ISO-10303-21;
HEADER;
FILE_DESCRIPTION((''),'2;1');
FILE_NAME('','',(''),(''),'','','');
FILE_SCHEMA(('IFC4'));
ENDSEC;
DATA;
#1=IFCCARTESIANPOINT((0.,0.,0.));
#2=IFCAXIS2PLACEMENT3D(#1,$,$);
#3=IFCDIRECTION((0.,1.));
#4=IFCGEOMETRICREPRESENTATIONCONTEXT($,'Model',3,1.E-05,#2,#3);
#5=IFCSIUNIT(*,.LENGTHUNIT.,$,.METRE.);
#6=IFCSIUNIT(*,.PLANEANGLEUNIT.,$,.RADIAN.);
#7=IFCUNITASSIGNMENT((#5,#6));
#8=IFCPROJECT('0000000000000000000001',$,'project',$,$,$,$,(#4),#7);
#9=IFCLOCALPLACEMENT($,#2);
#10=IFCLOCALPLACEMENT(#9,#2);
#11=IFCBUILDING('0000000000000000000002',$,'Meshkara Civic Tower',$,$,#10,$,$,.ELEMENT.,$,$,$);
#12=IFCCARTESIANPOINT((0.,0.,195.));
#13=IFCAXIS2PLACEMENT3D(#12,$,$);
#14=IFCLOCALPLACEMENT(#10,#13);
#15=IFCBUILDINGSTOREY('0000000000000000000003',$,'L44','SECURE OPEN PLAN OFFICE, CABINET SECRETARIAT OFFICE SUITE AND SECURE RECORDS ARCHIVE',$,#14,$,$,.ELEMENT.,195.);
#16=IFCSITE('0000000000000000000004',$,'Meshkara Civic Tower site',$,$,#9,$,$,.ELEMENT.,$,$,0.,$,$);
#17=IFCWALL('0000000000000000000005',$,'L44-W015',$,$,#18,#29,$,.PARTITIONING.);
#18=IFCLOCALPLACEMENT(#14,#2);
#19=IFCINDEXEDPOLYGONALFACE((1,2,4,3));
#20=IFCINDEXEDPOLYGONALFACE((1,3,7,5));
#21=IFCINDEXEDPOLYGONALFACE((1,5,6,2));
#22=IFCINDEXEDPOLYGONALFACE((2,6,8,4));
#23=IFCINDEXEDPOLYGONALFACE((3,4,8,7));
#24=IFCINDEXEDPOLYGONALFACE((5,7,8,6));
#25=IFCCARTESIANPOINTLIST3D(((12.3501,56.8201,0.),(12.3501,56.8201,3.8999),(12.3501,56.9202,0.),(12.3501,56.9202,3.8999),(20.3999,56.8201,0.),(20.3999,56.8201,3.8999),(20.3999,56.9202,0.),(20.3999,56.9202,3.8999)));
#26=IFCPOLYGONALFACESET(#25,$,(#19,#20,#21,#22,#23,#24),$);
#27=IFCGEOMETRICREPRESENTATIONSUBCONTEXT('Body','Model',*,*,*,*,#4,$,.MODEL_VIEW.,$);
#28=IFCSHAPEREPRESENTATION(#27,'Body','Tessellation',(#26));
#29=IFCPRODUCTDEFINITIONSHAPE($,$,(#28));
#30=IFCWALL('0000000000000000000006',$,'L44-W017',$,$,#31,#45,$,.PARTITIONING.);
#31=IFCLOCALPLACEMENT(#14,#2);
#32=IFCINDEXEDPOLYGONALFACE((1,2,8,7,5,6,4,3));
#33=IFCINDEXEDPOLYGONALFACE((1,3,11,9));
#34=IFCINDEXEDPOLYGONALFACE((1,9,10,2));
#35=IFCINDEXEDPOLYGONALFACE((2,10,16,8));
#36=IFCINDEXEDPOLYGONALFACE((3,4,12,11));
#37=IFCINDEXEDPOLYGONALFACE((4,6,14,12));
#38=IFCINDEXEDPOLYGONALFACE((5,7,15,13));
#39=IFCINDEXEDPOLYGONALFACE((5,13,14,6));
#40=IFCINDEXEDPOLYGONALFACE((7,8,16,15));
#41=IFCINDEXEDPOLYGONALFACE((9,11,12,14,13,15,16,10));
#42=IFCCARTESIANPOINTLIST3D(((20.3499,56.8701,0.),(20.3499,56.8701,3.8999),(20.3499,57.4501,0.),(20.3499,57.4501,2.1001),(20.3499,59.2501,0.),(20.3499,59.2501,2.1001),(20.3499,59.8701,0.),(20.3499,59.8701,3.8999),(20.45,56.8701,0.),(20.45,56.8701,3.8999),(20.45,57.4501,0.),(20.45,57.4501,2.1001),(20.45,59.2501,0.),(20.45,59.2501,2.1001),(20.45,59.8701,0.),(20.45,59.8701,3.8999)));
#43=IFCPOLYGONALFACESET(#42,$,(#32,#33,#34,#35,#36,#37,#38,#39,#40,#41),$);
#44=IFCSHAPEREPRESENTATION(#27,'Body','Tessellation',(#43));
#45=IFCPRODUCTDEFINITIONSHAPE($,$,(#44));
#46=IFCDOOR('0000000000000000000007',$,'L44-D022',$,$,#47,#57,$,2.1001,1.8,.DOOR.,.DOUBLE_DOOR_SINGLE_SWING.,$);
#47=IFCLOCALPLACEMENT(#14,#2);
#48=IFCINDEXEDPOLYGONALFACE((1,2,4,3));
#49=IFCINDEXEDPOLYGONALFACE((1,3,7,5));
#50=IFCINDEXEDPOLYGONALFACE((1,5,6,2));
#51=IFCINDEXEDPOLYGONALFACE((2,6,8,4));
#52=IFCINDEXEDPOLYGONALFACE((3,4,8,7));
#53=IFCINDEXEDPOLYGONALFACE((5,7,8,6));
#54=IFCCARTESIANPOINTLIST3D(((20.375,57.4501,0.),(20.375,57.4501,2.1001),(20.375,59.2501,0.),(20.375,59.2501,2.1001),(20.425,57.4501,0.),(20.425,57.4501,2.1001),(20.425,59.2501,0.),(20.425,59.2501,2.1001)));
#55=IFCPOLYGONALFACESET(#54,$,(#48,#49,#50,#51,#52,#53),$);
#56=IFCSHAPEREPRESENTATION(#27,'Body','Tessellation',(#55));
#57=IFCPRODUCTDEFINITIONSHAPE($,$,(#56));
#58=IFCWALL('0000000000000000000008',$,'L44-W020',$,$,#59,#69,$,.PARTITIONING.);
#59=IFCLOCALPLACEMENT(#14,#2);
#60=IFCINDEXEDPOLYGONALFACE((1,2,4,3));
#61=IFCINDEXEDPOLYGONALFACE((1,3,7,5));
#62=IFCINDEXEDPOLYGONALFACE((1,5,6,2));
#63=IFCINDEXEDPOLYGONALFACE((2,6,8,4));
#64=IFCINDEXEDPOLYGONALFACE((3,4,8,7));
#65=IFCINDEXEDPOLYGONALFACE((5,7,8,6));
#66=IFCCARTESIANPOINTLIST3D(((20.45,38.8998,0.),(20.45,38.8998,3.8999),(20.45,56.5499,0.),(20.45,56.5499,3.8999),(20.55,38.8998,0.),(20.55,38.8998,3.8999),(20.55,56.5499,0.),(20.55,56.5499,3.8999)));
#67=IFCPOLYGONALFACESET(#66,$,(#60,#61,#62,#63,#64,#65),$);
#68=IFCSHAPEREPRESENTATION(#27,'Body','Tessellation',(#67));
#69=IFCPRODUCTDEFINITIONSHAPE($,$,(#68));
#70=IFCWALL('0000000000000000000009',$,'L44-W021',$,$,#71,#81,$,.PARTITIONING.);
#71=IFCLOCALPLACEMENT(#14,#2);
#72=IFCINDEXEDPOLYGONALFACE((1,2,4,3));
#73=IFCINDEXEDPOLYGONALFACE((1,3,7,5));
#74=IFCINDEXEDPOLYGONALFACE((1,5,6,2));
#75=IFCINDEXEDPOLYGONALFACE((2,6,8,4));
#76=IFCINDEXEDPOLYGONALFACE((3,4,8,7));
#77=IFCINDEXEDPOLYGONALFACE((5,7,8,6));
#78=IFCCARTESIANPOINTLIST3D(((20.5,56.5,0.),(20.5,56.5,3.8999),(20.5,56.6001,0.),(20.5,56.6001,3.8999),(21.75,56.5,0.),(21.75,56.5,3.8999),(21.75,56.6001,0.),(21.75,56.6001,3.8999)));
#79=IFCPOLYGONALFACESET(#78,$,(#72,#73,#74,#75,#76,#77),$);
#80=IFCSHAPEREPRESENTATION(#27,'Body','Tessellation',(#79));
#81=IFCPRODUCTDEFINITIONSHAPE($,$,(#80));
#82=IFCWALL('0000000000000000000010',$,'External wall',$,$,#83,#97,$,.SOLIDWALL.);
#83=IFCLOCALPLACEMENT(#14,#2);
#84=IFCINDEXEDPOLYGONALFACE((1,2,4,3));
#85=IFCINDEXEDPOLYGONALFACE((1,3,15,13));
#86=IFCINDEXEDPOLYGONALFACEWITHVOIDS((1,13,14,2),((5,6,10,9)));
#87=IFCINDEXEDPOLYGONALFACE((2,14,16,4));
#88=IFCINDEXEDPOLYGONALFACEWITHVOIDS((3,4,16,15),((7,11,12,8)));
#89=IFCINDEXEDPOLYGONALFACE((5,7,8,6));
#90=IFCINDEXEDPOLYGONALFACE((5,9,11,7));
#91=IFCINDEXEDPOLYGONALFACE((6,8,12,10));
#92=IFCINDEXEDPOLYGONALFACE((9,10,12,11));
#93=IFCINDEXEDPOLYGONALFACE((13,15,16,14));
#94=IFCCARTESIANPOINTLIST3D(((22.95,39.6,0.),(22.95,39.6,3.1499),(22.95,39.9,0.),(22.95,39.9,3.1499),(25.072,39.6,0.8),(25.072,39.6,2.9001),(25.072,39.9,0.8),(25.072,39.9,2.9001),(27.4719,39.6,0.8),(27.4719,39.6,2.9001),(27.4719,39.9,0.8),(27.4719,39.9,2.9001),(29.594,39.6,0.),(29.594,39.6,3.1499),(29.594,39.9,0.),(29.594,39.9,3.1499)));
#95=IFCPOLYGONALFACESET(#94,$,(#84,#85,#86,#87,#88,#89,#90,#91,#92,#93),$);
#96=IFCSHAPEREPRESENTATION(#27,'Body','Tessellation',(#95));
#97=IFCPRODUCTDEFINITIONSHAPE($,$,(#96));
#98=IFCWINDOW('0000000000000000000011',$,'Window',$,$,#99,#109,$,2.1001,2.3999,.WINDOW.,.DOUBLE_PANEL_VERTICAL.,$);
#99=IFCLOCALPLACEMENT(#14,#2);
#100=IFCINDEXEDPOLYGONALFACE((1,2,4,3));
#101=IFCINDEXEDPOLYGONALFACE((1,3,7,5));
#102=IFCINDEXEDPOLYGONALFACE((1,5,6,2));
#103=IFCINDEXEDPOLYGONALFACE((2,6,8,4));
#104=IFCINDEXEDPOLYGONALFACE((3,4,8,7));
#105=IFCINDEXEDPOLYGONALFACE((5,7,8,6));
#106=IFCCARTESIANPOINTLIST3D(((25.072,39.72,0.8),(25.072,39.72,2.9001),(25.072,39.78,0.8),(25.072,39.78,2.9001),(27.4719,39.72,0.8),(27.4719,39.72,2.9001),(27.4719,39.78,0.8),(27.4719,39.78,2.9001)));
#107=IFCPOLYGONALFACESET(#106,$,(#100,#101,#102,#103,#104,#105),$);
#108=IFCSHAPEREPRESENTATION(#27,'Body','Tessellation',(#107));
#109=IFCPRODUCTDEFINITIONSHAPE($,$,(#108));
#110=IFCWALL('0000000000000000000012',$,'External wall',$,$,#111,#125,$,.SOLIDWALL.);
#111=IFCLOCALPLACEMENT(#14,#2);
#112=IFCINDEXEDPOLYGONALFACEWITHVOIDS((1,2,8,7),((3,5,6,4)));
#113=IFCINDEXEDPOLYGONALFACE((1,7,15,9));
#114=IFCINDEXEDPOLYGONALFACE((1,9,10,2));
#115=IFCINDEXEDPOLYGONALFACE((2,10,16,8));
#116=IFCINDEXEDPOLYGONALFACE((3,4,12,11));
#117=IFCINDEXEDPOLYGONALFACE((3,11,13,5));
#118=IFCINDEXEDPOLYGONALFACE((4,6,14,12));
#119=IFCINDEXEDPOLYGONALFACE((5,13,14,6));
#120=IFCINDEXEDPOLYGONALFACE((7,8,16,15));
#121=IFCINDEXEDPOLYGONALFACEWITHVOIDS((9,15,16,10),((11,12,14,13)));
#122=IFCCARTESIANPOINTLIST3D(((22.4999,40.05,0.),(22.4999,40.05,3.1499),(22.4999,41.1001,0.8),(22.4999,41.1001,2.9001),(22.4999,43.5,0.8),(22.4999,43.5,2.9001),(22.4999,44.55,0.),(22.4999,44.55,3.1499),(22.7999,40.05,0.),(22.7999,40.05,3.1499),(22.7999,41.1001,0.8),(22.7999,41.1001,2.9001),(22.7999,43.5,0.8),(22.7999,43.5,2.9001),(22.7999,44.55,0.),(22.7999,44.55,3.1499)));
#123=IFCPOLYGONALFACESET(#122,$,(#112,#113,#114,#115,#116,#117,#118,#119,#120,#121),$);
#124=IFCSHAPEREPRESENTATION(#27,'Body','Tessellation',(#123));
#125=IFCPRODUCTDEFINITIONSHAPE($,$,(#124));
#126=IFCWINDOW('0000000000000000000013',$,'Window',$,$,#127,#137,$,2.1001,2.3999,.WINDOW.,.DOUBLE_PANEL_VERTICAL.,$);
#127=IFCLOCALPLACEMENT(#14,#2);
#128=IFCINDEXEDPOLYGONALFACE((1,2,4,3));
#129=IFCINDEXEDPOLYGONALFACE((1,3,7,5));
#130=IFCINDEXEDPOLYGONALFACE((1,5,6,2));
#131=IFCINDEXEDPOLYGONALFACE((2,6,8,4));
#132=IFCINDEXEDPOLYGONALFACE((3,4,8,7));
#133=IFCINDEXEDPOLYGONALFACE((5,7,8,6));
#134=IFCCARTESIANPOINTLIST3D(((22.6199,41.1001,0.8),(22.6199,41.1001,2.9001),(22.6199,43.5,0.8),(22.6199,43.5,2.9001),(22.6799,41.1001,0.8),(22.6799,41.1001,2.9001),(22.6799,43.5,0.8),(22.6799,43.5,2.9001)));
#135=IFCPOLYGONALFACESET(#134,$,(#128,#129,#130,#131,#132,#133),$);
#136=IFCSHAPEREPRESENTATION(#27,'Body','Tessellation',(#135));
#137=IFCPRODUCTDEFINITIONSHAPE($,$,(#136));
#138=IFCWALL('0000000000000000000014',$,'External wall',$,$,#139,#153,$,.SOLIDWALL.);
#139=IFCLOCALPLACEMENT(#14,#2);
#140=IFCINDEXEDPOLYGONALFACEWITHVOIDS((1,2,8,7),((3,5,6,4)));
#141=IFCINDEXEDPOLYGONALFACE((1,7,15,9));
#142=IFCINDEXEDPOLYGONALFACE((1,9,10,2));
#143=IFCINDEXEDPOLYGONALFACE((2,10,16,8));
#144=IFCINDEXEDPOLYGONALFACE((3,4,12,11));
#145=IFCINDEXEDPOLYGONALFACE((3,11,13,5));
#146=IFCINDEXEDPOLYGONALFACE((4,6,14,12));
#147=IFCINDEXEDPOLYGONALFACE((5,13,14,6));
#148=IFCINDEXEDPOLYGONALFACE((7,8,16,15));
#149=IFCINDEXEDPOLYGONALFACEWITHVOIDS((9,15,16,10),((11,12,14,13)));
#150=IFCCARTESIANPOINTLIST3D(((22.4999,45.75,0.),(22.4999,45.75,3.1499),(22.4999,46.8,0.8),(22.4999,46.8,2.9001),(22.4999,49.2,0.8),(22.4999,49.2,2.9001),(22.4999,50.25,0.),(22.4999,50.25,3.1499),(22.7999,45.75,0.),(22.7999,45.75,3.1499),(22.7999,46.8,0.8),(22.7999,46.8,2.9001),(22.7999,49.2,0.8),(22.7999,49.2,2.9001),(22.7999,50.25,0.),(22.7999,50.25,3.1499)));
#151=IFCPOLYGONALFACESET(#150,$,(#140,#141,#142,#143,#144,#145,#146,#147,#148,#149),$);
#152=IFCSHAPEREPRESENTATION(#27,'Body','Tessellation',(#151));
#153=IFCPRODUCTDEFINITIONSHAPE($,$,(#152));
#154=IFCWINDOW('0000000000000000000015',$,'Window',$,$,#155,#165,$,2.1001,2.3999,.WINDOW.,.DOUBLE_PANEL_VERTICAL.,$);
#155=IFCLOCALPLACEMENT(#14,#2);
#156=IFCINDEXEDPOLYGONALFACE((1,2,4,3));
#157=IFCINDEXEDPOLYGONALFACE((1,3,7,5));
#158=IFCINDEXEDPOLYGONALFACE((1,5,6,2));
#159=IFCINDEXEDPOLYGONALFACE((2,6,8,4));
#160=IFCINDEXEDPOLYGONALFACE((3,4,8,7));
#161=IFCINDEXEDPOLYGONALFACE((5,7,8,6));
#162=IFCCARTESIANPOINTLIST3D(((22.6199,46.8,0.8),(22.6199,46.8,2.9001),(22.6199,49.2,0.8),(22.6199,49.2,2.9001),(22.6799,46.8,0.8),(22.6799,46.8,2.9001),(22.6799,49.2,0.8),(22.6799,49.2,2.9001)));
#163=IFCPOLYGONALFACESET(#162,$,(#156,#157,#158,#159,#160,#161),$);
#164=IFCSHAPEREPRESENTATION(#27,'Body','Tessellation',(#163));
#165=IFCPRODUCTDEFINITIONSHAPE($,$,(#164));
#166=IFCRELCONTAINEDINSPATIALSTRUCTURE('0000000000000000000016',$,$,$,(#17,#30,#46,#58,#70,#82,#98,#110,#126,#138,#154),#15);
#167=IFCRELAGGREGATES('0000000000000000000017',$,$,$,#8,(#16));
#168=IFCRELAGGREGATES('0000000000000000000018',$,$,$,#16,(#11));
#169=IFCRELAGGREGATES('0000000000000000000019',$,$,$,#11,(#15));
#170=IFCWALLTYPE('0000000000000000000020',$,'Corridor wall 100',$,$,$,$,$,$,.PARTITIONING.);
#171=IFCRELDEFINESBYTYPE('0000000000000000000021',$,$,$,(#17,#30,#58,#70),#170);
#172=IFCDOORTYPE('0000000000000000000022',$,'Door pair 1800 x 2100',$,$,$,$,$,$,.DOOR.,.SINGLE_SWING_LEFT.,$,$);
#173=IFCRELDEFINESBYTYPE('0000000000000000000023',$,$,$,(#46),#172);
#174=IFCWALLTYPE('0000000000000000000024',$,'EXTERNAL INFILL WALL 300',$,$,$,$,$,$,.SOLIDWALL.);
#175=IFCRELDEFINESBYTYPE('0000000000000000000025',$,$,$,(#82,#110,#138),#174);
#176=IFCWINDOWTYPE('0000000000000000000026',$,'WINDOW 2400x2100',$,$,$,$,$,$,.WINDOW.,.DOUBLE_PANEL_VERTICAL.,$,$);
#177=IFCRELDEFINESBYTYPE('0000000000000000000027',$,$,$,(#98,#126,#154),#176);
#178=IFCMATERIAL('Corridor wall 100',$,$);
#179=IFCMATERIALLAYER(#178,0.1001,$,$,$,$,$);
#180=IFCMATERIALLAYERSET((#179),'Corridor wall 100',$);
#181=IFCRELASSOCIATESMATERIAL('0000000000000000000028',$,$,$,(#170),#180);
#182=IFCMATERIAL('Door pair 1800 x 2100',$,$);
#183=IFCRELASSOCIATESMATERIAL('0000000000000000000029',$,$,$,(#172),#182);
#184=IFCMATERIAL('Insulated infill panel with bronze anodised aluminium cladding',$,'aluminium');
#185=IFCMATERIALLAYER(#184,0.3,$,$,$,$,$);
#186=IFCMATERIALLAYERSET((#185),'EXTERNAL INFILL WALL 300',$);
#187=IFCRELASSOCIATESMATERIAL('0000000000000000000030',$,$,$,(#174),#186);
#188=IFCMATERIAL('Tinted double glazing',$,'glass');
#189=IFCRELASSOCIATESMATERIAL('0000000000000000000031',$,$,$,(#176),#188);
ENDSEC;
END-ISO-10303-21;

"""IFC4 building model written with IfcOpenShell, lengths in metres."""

from ifc_helpers import new_model, si_unit, direction, frame, frame_2d, origin, place, context, subcontext, project, spatial, rectangle, extrude, material, layer, layer_set, type_object, element, fill, save


model = new_model("IFC4")

# Units and contexts
model_context = context("Model", 3, precision=1e-05, world=origin(), true_north=direction((0.0, 1.0)))
body_context = subcontext(model_context, "Body", "Model", "MODEL_VIEW")
ifc_project = project(units=[si_unit("LENGTHUNIT", "METRE"), si_unit("PLANEANGLEUNIT", "RADIAN")], contexts=[model_context])

# Site, building, storey
site_placement = place(None, origin())
site = spatial("IfcSite", under=ifc_project, at=site_placement, Name="Meshkara Civic Tower site", CompositionType="ELEMENT", RefElevation=0.0)
building_placement = place(site_placement, origin())
building = spatial("IfcBuilding", under=site, at=building_placement, Name="Meshkara Civic Tower", CompositionType="ELEMENT")
storey_placement = place(building_placement, frame((0.0, 0.0, 195.0)))
storey = spatial("IfcBuildingStorey", under=building, at=storey_placement, Name="L44", Description="SECURE OPEN PLAN OFFICE, CABINET SECRETARIAT OFFICE SUITE AND SECURE RECORDS ARCHIVE", CompositionType="ELEMENT", Elevation=195.0)

# Shared definitions
ifc_material_1 = material(Name="Corridor wall 100")
ifc_layer_1 = layer(ifc_material_1, 0.1001)
ifc_layer_set_1 = layer_set([ifc_layer_1], Name="Corridor wall 100")
wall_type_1 = type_object("IfcWallType", Name="Corridor wall 100", PredefinedType="PARTITIONING", material=ifc_layer_set_1)
ifc_material_2 = material(Name="Door pair 1800 x 2100")
door_type_1 = type_object("IfcDoorType", Name="Door pair 1800 x 2100", OperationType="SINGLE_SWING_LEFT", PredefinedType="DOOR", material=ifc_material_2)

# Wall
wall_1_placement = place(storey_placement, frame((12.3501, 56.8701, 0.0), z_axis=(0.0, 0.0, 1.0), x_axis=(1.0, 0.0, 0.0)))
element("IfcWall", 1, at=wall_1_placement, inside=storey, type_object=wall_type_1, Name="L44-W015", PredefinedType="PARTITIONING", context=body_context, shape_type="SweptSolid", body=[
    extrude(rectangle(XDim=8.0498, YDim=0.1001, at=frame_2d((4.0249, 0.0))), origin(), (0.0, 0.0, 1.0), 3.8999),
])

# Wall, opening, door
wall_2_placement = place(storey_placement, frame((20.3999, 56.8701, 0.0), z_axis=(0.0, 0.0, 1.0), x_axis=(0.0, 1.0, 0.0)))
wall_2 = element("IfcWall", 2, at=wall_2_placement, inside=storey, type_object=wall_type_1, Name="L44-W017", PredefinedType="PARTITIONING", context=body_context, shape_type="SweptSolid", body=[
    extrude(rectangle(XDim=3.0, YDim=0.1001, at=frame_2d((1.5, 0.0))), origin(), (0.0, 0.0, 1.0), 3.8999),
])
opening_1_placement = place(wall_2_placement, frame((0.5801, 0.0, 0.0)))
opening_1 = element("IfcOpeningElement", 3, at=opening_1_placement, cuts=wall_2, PredefinedType="OPENING", context=body_context, shape_type="SweptSolid", body=[
    extrude(rectangle(XDim=1.8, YDim=2.1001, at=frame_2d((0.8999, 1.05))), frame((0.0, 0.0601, 0.0), z_axis=(0.0, -1.0, 0.0), x_axis=(1.0, 0.0, 0.0)), (0.0, 0.0, 1.0), 0.1201),
])
door_1_placement = place(opening_1_placement, origin())
door_1 = element("IfcDoor", 4, at=door_1_placement, inside=storey, type_object=door_type_1, Name="L44-D022", OperationType="DOUBLE_DOOR_SINGLE_SWING", OverallHeight=2.1001, OverallWidth=1.8, PredefinedType="DOOR", context=body_context, shape_type="SweptSolid", body=[
    extrude(rectangle(XDim=1.8, YDim=2.1001, at=frame_2d((0.8999, 1.05))), frame((0.0, 0.0249, 0.0), z_axis=(0.0, -1.0, 0.0), x_axis=(1.0, 0.0, 0.0)), (0.0, 0.0, 1.0), 0.05),
])
fill(opening_1, door_1)

# Walls
wall_3_placement = place(storey_placement, frame((20.5, 56.55, 0.0), z_axis=(0.0, 0.0, 1.0), x_axis=(0.0, -1.0, 0.0)))
element("IfcWall", 5, at=wall_3_placement, inside=storey, type_object=wall_type_1, Name="L44-W020", PredefinedType="PARTITIONING", context=body_context, shape_type="SweptSolid", body=[
    extrude(rectangle(XDim=17.6501, YDim=0.1001, at=frame_2d((8.8252, 0.0))), origin(), (0.0, 0.0, 1.0), 3.8999),
])
wall_4_placement = place(storey_placement, frame((21.75, 56.55, 0.0), z_axis=(0.0, 0.0, 1.0), x_axis=(-1.0, 0.0, 0.0)))
element("IfcWall", 6, at=wall_4_placement, inside=storey, type_object=wall_type_1, Name="L44-W021", PredefinedType="PARTITIONING", context=body_context, shape_type="SweptSolid", body=[
    extrude(rectangle(XDim=1.25, YDim=0.1001, at=frame_2d((0.625, 0.0))), origin(), (0.0, 0.0, 1.0), 3.8999),
])

# Walls, openings, windows
ifc_material_3 = material(Name="Insulated infill panel with bronze anodised aluminium cladding", Category="aluminium")
ifc_layer_2 = layer(ifc_material_3, 0.3)
ifc_layer_set_2 = layer_set([ifc_layer_2], Name="EXTERNAL INFILL WALL 300")
wall_type_2 = type_object("IfcWallType", Name="EXTERNAL INFILL WALL 300", PredefinedType="SOLIDWALL", material=ifc_layer_set_2)
wall_5_placement = place(storey_placement, frame((29.594, 39.75, 0.0), z_axis=(0.0, 0.0, 1.0), x_axis=(-1.0, 0.0, 0.0)))
wall_5 = element("IfcWall", 7, at=wall_5_placement, inside=storey, type_object=wall_type_2, Name="External wall", PredefinedType="SOLIDWALL", context=body_context, shape_type="SweptSolid", body=[
    extrude(rectangle(XDim=6.644, YDim=0.3, at=frame_2d((3.322, 0.0))), origin(), (0.0, 0.0, 1.0), 3.1499),
])
opening_2_placement = place(wall_5_placement, frame((2.1221, 0.0, 0.8)))
opening_2 = element("IfcOpeningElement", 8, at=opening_2_placement, cuts=wall_5, PredefinedType="OPENING", context=body_context, shape_type="SweptSolid", body=[
    extrude(rectangle(XDim=2.3999, YDim=2.1001, at=frame_2d((1.2, 1.05))), frame((0.0, 0.1599, 0.0), z_axis=(0.0, -1.0, 0.0), x_axis=(1.0, 0.0, 0.0)), (0.0, 0.0, 1.0), 0.3201),
])
ifc_material_4 = material(Name="Tinted double glazing", Category="glass")
window_type = type_object("IfcWindowType", Name="WINDOW 2400x2100", PartitioningType="DOUBLE_PANEL_VERTICAL", PredefinedType="WINDOW", material=ifc_material_4)
window_1_placement = place(opening_2_placement, origin())
window_1 = element("IfcWindow", 9, at=window_1_placement, inside=storey, type_object=window_type, Name="Window", OverallHeight=2.1001, OverallWidth=2.3999, PartitioningType="DOUBLE_PANEL_VERTICAL", PredefinedType="WINDOW", context=body_context, shape_type="SweptSolid", body=[
    extrude(rectangle(XDim=2.3999, YDim=2.1001, at=frame_2d((1.2, 1.05))), frame((0.0, 0.03, 0.0), z_axis=(0.0, -1.0, 0.0), x_axis=(1.0, 0.0, 0.0)), (0.0, 0.0, 1.0), 0.0601),
])
fill(opening_2, window_1)
wall_6_placement = place(storey_placement, frame((22.6499, 40.05, 0.0), z_axis=(0.0, 0.0, 1.0), x_axis=(0.0, 1.0, 0.0)))
wall_6 = element("IfcWall", 10, at=wall_6_placement, inside=storey, type_object=wall_type_2, Name="External wall", PredefinedType="SOLIDWALL", context=body_context, shape_type="SweptSolid", body=[
    extrude(rectangle(XDim=4.5, YDim=0.3, at=frame_2d((2.25, 0.0))), origin(), (0.0, 0.0, 1.0), 3.1499),
])
opening_3_placement = place(wall_6_placement, frame((1.05, 0.0, 0.8)))
opening_3 = element("IfcOpeningElement", 11, at=opening_3_placement, cuts=wall_6, PredefinedType="OPENING", context=body_context, shape_type="SweptSolid", body=[
    extrude(rectangle(XDim=2.3999, YDim=2.1001, at=frame_2d((1.2, 1.05))), frame((0.0, 0.1599, 0.0), z_axis=(0.0, -1.0, 0.0), x_axis=(1.0, 0.0, 0.0)), (0.0, 0.0, 1.0), 0.3201),
])
window_2_placement = place(opening_3_placement, origin())
window_2 = element("IfcWindow", 12, at=window_2_placement, inside=storey, type_object=window_type, Name="Window", OverallHeight=2.1001, OverallWidth=2.3999, PartitioningType="DOUBLE_PANEL_VERTICAL", PredefinedType="WINDOW", context=body_context, shape_type="SweptSolid", body=[
    extrude(rectangle(XDim=2.3999, YDim=2.1001, at=frame_2d((1.2, 1.05))), frame((0.0, 0.03, 0.0), z_axis=(0.0, -1.0, 0.0), x_axis=(1.0, 0.0, 0.0)), (0.0, 0.0, 1.0), 0.0601),
])
fill(opening_3, window_2)
wall_7_placement = place(storey_placement, frame((22.6499, 45.75, 0.0), z_axis=(0.0, 0.0, 1.0), x_axis=(0.0, 1.0, 0.0)))
wall_7 = element("IfcWall", 13, at=wall_7_placement, inside=storey, type_object=wall_type_2, Name="External wall", PredefinedType="SOLIDWALL", context=body_context, shape_type="SweptSolid", body=[
    extrude(rectangle(XDim=4.5, YDim=0.3, at=frame_2d((2.25, 0.0))), origin(), (0.0, 0.0, 1.0), 3.1499),
])
opening_4_placement = place(wall_7_placement, frame((1.05, 0.0, 0.8)))
opening_4 = element("IfcOpeningElement", 14, at=opening_4_placement, cuts=wall_7, PredefinedType="OPENING", context=body_context, shape_type="SweptSolid", body=[
    extrude(rectangle(XDim=2.3999, YDim=2.1001, at=frame_2d((1.2, 1.05))), frame((0.0, 0.1599, 0.0), z_axis=(0.0, -1.0, 0.0), x_axis=(1.0, 0.0, 0.0)), (0.0, 0.0, 1.0), 0.3201),
])
window_3_placement = place(opening_4_placement, origin())
window_3 = element("IfcWindow", 15, at=window_3_placement, inside=storey, type_object=window_type, Name="Window", OverallHeight=2.1001, OverallWidth=2.3999, PartitioningType="DOUBLE_PANEL_VERTICAL", PredefinedType="WINDOW", context=body_context, shape_type="SweptSolid", body=[
    extrude(rectangle(XDim=2.3999, YDim=2.1001, at=frame_2d((1.2, 1.05))), frame((0.0, 0.03, 0.0), z_axis=(0.0, -1.0, 0.0), x_axis=(1.0, 0.0, 0.0)), (0.0, 0.0, 1.0), 0.0601),
])
fill(opening_4, window_3)

save(model, "model.ifc")
